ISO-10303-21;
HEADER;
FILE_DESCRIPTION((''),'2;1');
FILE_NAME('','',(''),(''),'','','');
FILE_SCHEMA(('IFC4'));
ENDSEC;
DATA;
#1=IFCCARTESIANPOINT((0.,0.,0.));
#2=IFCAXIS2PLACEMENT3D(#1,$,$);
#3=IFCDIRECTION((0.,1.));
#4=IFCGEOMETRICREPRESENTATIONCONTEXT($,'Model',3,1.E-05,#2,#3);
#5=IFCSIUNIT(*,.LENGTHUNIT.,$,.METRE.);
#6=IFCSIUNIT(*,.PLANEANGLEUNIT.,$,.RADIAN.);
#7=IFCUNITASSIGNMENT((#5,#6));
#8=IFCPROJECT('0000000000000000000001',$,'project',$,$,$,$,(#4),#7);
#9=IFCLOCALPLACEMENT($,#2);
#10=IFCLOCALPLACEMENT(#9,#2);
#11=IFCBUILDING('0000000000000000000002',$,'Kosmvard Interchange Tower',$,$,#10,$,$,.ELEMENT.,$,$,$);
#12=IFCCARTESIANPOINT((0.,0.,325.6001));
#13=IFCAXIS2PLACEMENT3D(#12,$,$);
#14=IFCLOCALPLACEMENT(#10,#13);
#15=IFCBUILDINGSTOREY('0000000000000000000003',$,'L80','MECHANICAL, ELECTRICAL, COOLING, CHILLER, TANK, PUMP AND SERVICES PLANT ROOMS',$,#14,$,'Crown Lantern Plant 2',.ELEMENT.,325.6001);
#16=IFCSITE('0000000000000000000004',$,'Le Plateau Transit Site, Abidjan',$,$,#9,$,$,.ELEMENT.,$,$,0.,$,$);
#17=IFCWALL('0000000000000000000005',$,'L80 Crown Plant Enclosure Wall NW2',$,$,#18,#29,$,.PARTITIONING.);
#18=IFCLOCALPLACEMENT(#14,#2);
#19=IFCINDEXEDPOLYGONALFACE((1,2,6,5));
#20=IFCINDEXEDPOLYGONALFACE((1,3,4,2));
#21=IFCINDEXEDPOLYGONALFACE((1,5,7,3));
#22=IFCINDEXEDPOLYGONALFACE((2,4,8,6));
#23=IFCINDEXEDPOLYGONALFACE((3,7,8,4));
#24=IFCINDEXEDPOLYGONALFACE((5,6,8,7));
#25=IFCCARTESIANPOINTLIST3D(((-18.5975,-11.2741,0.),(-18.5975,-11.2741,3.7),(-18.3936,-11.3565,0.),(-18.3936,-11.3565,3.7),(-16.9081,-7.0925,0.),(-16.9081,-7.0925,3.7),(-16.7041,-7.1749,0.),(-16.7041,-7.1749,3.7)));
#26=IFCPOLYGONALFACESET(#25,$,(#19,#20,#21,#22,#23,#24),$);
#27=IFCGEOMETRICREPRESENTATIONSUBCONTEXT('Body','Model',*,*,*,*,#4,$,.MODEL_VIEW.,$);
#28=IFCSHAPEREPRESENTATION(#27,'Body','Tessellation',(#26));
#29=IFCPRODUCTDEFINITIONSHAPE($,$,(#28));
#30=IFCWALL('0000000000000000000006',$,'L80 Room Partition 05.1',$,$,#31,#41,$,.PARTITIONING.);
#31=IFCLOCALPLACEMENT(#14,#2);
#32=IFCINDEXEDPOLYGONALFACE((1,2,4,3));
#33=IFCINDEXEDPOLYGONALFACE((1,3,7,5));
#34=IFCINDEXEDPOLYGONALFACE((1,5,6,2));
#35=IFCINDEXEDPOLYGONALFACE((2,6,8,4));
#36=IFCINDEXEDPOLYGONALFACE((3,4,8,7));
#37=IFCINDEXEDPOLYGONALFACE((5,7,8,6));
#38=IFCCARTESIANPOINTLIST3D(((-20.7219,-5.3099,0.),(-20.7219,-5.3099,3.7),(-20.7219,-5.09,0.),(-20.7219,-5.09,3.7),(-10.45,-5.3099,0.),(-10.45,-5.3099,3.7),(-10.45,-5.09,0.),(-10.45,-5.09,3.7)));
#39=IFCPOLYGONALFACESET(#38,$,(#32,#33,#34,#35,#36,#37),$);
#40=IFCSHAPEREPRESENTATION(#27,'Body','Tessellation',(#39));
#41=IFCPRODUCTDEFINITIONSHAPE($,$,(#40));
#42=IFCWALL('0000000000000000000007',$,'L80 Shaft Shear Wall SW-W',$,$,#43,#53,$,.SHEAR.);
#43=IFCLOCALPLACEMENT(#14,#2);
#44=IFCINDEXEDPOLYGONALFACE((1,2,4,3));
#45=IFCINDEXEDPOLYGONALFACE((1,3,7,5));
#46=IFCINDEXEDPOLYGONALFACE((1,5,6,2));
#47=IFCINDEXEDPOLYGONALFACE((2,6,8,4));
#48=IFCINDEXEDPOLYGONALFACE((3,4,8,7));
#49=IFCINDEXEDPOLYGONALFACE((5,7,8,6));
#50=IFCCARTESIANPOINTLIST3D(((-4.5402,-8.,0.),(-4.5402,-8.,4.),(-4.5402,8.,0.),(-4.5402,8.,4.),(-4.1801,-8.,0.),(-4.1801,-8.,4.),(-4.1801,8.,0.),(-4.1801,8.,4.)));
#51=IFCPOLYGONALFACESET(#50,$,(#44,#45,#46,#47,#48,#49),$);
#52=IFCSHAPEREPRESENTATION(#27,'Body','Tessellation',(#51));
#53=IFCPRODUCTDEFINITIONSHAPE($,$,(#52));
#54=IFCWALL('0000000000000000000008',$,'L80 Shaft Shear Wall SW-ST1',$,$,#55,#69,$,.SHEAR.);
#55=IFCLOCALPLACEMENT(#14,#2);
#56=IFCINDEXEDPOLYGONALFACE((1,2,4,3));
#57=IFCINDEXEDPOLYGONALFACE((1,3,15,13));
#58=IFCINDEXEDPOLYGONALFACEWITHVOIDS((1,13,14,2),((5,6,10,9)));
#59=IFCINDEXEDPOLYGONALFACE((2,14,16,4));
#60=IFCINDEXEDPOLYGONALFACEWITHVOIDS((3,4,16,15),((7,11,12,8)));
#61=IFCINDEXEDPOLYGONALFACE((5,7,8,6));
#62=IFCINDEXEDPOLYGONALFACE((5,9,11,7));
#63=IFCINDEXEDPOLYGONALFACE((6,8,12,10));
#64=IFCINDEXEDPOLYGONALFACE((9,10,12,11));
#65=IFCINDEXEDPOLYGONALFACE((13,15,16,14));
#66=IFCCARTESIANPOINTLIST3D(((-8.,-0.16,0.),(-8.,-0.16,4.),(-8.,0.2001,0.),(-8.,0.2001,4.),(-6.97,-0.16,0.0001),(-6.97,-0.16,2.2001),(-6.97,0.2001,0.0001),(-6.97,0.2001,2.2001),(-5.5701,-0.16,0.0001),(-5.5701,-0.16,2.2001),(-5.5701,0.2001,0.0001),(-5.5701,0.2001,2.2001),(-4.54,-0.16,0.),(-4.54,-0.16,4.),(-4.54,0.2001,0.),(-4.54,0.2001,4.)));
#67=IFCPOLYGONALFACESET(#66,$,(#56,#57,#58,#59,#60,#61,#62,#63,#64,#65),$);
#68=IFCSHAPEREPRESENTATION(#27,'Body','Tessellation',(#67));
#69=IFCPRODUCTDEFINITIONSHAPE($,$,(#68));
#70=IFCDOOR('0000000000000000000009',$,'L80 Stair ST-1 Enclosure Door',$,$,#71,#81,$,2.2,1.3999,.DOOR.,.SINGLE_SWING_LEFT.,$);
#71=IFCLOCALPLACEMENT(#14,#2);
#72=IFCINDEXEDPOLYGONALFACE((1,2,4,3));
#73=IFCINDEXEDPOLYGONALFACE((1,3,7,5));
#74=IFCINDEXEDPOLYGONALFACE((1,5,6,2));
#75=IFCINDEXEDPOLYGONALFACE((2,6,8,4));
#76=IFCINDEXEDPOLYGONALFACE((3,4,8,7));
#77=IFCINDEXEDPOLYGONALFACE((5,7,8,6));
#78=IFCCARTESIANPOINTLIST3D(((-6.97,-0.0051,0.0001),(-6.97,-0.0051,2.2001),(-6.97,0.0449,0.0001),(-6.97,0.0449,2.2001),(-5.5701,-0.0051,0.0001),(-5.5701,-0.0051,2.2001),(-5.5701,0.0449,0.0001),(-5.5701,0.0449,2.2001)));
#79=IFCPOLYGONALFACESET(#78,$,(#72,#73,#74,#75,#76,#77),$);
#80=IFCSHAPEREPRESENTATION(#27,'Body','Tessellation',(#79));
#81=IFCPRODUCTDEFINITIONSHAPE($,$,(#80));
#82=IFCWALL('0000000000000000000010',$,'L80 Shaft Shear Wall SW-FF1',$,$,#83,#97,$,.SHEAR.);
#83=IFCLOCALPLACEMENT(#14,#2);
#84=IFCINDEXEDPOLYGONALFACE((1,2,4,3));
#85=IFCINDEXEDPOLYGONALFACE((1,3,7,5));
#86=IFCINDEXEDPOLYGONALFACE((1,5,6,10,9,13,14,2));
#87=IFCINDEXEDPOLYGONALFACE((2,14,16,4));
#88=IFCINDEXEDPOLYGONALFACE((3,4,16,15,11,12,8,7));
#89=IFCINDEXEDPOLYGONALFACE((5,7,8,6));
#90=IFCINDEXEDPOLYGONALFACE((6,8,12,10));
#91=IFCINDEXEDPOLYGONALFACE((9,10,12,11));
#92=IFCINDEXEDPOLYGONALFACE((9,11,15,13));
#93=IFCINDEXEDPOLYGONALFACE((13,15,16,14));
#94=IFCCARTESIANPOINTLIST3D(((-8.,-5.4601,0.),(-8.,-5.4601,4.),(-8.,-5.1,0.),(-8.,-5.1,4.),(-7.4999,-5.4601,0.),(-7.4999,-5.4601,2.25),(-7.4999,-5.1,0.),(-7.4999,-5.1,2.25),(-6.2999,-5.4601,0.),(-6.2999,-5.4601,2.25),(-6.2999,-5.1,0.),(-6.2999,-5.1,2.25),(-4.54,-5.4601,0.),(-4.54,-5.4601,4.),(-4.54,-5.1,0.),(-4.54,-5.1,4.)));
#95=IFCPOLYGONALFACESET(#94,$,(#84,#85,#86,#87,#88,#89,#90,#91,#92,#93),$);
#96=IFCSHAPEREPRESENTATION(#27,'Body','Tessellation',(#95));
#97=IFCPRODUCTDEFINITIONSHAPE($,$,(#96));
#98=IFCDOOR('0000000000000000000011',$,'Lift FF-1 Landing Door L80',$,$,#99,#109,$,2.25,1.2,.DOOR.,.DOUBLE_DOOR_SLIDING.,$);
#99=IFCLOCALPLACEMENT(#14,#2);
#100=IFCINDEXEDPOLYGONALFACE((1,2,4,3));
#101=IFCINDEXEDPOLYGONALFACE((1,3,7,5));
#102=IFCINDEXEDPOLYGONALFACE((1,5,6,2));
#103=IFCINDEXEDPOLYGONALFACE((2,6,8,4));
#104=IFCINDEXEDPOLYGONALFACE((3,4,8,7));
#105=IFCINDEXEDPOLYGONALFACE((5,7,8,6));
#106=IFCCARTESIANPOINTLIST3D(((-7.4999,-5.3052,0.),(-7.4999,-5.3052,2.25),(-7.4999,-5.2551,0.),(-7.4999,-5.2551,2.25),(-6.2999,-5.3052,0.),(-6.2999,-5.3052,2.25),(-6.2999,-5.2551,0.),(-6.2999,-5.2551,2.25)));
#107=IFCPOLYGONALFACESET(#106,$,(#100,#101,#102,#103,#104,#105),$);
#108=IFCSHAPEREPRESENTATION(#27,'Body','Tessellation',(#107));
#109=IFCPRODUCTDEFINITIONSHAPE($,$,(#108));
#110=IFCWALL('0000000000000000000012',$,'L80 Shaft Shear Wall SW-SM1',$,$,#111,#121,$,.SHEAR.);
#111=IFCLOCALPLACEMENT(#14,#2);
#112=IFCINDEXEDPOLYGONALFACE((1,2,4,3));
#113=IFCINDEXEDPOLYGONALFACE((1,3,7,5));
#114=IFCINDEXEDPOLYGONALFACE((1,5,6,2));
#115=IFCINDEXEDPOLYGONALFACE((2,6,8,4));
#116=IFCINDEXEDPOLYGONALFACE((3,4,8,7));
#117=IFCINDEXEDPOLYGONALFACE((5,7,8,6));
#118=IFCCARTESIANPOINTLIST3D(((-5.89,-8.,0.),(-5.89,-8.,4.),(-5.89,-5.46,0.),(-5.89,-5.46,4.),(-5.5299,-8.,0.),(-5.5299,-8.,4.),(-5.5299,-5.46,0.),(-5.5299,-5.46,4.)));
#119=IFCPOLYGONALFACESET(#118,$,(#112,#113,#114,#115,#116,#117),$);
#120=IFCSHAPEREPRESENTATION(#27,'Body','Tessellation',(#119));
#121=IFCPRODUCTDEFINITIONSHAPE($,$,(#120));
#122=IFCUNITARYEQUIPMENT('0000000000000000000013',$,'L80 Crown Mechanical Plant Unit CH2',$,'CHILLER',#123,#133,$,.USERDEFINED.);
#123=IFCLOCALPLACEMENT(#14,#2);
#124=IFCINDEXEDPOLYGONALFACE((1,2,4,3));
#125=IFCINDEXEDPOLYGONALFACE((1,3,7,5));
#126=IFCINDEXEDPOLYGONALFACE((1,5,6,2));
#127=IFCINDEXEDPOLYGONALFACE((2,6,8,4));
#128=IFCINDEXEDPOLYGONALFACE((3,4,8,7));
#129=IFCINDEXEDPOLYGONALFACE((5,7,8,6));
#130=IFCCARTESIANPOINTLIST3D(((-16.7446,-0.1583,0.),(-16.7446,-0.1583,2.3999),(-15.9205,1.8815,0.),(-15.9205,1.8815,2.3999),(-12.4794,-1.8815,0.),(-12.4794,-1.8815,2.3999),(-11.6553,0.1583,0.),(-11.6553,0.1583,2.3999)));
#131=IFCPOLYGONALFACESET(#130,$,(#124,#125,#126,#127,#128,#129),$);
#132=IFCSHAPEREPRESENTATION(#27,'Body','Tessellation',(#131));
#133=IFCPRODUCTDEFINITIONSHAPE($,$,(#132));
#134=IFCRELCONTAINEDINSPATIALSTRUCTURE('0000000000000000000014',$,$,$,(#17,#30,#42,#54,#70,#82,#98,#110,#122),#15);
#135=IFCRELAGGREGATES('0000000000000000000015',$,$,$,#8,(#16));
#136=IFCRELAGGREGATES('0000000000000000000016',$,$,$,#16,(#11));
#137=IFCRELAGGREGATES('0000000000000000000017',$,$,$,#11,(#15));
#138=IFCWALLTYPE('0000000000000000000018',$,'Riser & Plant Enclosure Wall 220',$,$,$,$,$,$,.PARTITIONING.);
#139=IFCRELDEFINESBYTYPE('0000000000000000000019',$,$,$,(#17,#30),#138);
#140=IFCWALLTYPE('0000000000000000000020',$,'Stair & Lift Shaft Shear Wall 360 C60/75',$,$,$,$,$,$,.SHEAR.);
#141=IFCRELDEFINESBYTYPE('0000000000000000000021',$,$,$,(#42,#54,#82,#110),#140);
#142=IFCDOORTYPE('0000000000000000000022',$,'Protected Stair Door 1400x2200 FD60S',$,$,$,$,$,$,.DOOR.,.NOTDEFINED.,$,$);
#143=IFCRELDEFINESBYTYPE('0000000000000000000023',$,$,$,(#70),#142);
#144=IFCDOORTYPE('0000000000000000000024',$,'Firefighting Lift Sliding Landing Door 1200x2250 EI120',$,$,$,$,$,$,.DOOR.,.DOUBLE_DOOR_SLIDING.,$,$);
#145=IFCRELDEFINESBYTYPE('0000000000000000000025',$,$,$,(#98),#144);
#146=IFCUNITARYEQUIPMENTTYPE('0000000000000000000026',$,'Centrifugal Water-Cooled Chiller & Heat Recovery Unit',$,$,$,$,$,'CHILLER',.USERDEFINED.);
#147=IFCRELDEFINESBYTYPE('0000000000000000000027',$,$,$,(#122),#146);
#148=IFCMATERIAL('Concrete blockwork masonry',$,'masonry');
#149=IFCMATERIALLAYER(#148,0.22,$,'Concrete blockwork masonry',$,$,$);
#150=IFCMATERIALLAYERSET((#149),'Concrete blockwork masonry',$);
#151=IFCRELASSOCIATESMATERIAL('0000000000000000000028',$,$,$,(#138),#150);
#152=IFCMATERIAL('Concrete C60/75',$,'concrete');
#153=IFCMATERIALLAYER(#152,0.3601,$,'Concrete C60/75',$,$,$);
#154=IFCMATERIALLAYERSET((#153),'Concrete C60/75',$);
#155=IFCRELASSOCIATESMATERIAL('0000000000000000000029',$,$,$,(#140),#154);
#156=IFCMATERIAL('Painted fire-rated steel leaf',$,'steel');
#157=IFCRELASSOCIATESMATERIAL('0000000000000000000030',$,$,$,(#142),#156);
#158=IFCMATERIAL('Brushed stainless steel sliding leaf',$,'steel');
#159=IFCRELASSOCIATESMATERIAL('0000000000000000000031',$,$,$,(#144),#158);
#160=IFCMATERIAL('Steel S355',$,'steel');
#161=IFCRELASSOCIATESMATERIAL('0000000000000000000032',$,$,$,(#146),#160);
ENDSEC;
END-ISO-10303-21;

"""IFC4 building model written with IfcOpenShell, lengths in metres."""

from ifc_helpers import new_model, si_unit, direction, frame, frame_2d, origin, origin_2d, place, context, subcontext, project, spatial, rectangle, extrude, source, transform, mapped, material, layer, layer_set, type_object, element, fill, save


model = new_model("IFC4")

# Units and contexts
model_context = context("Model", 3, precision=1e-05, world=origin(), true_north=direction((0.0, 1.0)))
body_context = subcontext(model_context, "Body", "Model", "MODEL_VIEW")
ifc_project = project(units=[si_unit("LENGTHUNIT", "METRE"), si_unit("PLANEANGLEUNIT", "RADIAN")], contexts=[model_context])

# Site, building, storey
site_placement = place(None, origin())
site = spatial("IfcSite", under=ifc_project, at=site_placement, Name="Le Plateau Transit Site, Abidjan", CompositionType="ELEMENT", RefElevation=0.0)
building_placement = place(site_placement, origin())
building = spatial("IfcBuilding", under=site, at=building_placement, Name="Kosmvard Interchange Tower", CompositionType="ELEMENT")
storey_placement = place(building_placement, frame((0.0, 0.0, 325.6001)))
storey = spatial("IfcBuildingStorey", under=building, at=storey_placement, Name="L80", Description="MECHANICAL, ELECTRICAL, COOLING, CHILLER, TANK, PUMP AND SERVICES PLANT ROOMS", LongName="Crown Lantern Plant 2", CompositionType="ELEMENT", Elevation=325.6001)

# Shared definitions
ifc_material_1 = material(Name="Painted fire-rated steel leaf", Category="steel")

# Walls
ifc_material_2 = material(Name="Concrete blockwork masonry", Category="masonry")
ifc_layer_1 = layer(ifc_material_2, 0.22, Name="Concrete blockwork masonry")
ifc_layer_set_1 = layer_set([ifc_layer_1], Name="Concrete blockwork masonry")
wall_type_1 = type_object("IfcWallType", Name="Riser & Plant Enclosure Wall 220", PredefinedType="PARTITIONING", material=ifc_layer_set_1)
wall_1_placement = place(storey_placement, frame((-16.8062, -7.1338, 0.0), z_axis=(0.0, 0.0, 1.0), x_axis=(-0.374599, -0.927187, 0.0)))
element("IfcWall", 1, at=wall_1_placement, inside=storey, type_object=wall_type_1, Name="L80 Crown Plant Enclosure Wall NW2", PredefinedType="PARTITIONING", context=body_context, shape_type="SweptSolid", body=[
    extrude(rectangle(XDim=4.51, YDim=0.22, at=frame_2d((2.2549, 0.0))), origin(), (0.0, 0.0, 1.0), 3.7),
])
wall_2_placement = place(storey_placement, frame((-10.45, -5.2, 0.0), z_axis=(0.0, 0.0, 1.0), x_axis=(-1.0, 0.0, 0.0)))
element("IfcWall", 2, at=wall_2_placement, inside=storey, type_object=wall_type_1, Name="L80 Room Partition 05.1", PredefinedType="PARTITIONING", context=body_context, shape_type="SweptSolid", body=[
    extrude(rectangle(XDim=10.272, YDim=0.22, at=frame_2d((5.136, 0.0))), origin(), (0.0, 0.0, 1.0), 3.7),
])
ifc_material_3 = material(Name="Concrete C60/75", Category="concrete")
ifc_layer_2 = layer(ifc_material_3, 0.3601, Name="Concrete C60/75")
ifc_layer_set_2 = layer_set([ifc_layer_2], Name="Concrete C60/75")
wall_type_2 = type_object("IfcWallType", Name="Stair & Lift Shaft Shear Wall 360 C60/75", PredefinedType="SHEAR", material=ifc_layer_set_2)
wall_3_placement = place(storey_placement, frame((-4.3601, -8.0, 0.0), z_axis=(0.0, 0.0, 1.0), x_axis=(0.0, 1.0, 0.0)))
element("IfcWall", 3, at=wall_3_placement, inside=storey, type_object=wall_type_2, Name="L80 Shaft Shear Wall SW-W", PredefinedType="SHEAR", context=body_context, shape_type="SweptSolid", body=[
    extrude(rectangle(XDim=16.0, YDim=0.3601, at=frame_2d((8.0, 0.0))), origin(), (0.0, 0.0, 1.0), 4.0),
])

# Walls, openings, doors
wall_4_placement = place(storey_placement, frame((-8.0, 0.02, 0.0), z_axis=(0.0, 0.0, 1.0), x_axis=(1.0, 0.0, 0.0)))
wall_4 = element("IfcWall", 4, at=wall_4_placement, inside=storey, type_object=wall_type_2, Name="L80 Shaft Shear Wall SW-ST1", PredefinedType="SHEAR", context=body_context, shape_type="SweptSolid", body=[
    extrude(rectangle(XDim=3.46, YDim=0.3601, at=frame_2d((1.73, 0.0))), origin(), (0.0, 0.0, 1.0), 4.0),
])
opening_1_placement = place(wall_4_placement, frame((1.03, 0.0, 0.0)))
opening_1 = element("IfcOpeningElement", 5, at=opening_1_placement, cuts=wall_4, PredefinedType="OPENING", context=body_context, shape_type="SweptSolid", body=[
    extrude(rectangle(XDim=1.3999, YDim=2.2, at=frame_2d((0.7, 1.1001))), frame((0.0, 0.1899, 0.0), z_axis=(0.0, -1.0, 0.0), x_axis=(1.0, 0.0, 0.0)), (0.0, 0.0, 1.0), 0.3801),
])
door_type_1 = type_object("IfcDoorType", Name="Protected Stair Door 1400x2200 FD60S", OperationType="NOTDEFINED", PredefinedType="DOOR", material=ifc_material_1)
shared_shape_1 = source(origin(), body_context, "Body", "SweptSolid", [
    extrude(rectangle(XDim=1.3999, YDim=2.2, at=frame_2d((0.7, 1.1001))), frame((0.0, 0.0249, 0.0), z_axis=(0.0, -1.0, 0.0), x_axis=(1.0, 0.0, 0.0)), (0.0, 0.0, 1.0), 0.05),
])
door_1_placement = place(opening_1_placement, origin())
door_1 = element("IfcDoor", 6, at=door_1_placement, inside=storey, type_object=door_type_1, Name="L80 Stair ST-1 Enclosure Door", OperationType="SINGLE_SWING_LEFT", OverallHeight=2.2, OverallWidth=1.3999, PredefinedType="DOOR", context=body_context, shape_type="MappedRepresentation", body=[
    mapped(shared_shape_1, transform((0.0, 0.0, 0.0), scale=1.0)),
])
fill(opening_1, door_1)
wall_5_placement = place(storey_placement, frame((-8.0, -5.28, 0.0), z_axis=(0.0, 0.0, 1.0), x_axis=(1.0, 0.0, 0.0)))
wall_5 = element("IfcWall", 7, at=wall_5_placement, inside=storey, type_object=wall_type_2, Name="L80 Shaft Shear Wall SW-FF1", PredefinedType="SHEAR", context=body_context, shape_type="SweptSolid", body=[
    extrude(rectangle(XDim=3.46, YDim=0.3601, at=frame_2d((1.73, 0.0))), origin(), (0.0, 0.0, 1.0), 4.0),
])
opening_2_placement = place(wall_5_placement, frame((0.5, 0.0, 0.0)))
opening_2 = element("IfcOpeningElement", 8, at=opening_2_placement, cuts=wall_5, PredefinedType="OPENING", context=body_context, shape_type="SweptSolid", body=[
    extrude(rectangle(XDim=1.2, YDim=2.25, at=frame_2d((0.6001, 1.125))), frame((0.0, 0.1899, 0.0), z_axis=(0.0, -1.0, 0.0), x_axis=(1.0, 0.0, 0.0)), (0.0, 0.0, 1.0), 0.3801),
])
ifc_material_4 = material(Name="Brushed stainless steel sliding leaf", Category="steel")
door_type_2 = type_object("IfcDoorType", Name="Firefighting Lift Sliding Landing Door 1200x2250 EI120", OperationType="DOUBLE_DOOR_SLIDING", PredefinedType="DOOR", material=ifc_material_4)
shared_shape_2 = source(origin(), body_context, "Body", "SweptSolid", [
    extrude(rectangle(XDim=1.2, YDim=2.25, at=frame_2d((0.6001, 1.125))), frame((0.0, 0.0249, 0.0), z_axis=(0.0, -1.0, 0.0), x_axis=(1.0, 0.0, 0.0)), (0.0, 0.0, 1.0), 0.05),
])
door_2_placement = place(opening_2_placement, origin())
door_2 = element("IfcDoor", 9, at=door_2_placement, inside=storey, type_object=door_type_2, Name="Lift FF-1 Landing Door L80", OperationType="DOUBLE_DOOR_SLIDING", OverallHeight=2.25, OverallWidth=1.2, PredefinedType="DOOR", context=body_context, shape_type="MappedRepresentation", body=[
    mapped(shared_shape_2, transform((0.0, 0.0, 0.0), scale=1.0)),
])
fill(opening_2, door_2)

# Wall
wall_6_placement = place(storey_placement, frame((-5.71, -8.0, 0.0), z_axis=(0.0, 0.0, 1.0), x_axis=(0.0, 1.0, 0.0)))
element("IfcWall", 10, at=wall_6_placement, inside=storey, type_object=wall_type_2, Name="L80 Shaft Shear Wall SW-SM1", PredefinedType="SHEAR", context=body_context, shape_type="SweptSolid", body=[
    extrude(rectangle(XDim=2.54, YDim=0.3601, at=frame_2d((1.27, 0.0))), origin(), (0.0, 0.0, 1.0), 4.0),
])

# Unitary equipment
ifc_material_5 = material(Name="Steel S355", Category="steel")
unitary_equipment_type = type_object("IfcUnitaryEquipmentType", Name="Centrifugal Water-Cooled Chiller & Heat Recovery Unit", ElementType="CHILLER", PredefinedType="USERDEFINED", material=ifc_material_5)
shared_shape_3 = source(origin(), body_context, "Body", "SweptSolid", [
    extrude(rectangle(XDim=2.2, YDim=4.6001, at=origin_2d()), origin(), (0.0, 0.0, 1.0), 2.3999),
])
unitary_equipment_placement = place(storey_placement, frame((-14.2, 0.0, 0.0), z_axis=(0.0, 0.0, 1.0), x_axis=(0.374607, 0.927184, 0.0)))
element("IfcUnitaryEquipment", 11, at=unitary_equipment_placement, inside=storey, type_object=unitary_equipment_type, Name="L80 Crown Mechanical Plant Unit CH2", ObjectType="CHILLER", PredefinedType="USERDEFINED", context=body_context, shape_type="MappedRepresentation", body=[
    mapped(shared_shape_3, transform((0.0, 0.0, 0.0), scale=1.0)),
])

save(model, "model.ifc")
